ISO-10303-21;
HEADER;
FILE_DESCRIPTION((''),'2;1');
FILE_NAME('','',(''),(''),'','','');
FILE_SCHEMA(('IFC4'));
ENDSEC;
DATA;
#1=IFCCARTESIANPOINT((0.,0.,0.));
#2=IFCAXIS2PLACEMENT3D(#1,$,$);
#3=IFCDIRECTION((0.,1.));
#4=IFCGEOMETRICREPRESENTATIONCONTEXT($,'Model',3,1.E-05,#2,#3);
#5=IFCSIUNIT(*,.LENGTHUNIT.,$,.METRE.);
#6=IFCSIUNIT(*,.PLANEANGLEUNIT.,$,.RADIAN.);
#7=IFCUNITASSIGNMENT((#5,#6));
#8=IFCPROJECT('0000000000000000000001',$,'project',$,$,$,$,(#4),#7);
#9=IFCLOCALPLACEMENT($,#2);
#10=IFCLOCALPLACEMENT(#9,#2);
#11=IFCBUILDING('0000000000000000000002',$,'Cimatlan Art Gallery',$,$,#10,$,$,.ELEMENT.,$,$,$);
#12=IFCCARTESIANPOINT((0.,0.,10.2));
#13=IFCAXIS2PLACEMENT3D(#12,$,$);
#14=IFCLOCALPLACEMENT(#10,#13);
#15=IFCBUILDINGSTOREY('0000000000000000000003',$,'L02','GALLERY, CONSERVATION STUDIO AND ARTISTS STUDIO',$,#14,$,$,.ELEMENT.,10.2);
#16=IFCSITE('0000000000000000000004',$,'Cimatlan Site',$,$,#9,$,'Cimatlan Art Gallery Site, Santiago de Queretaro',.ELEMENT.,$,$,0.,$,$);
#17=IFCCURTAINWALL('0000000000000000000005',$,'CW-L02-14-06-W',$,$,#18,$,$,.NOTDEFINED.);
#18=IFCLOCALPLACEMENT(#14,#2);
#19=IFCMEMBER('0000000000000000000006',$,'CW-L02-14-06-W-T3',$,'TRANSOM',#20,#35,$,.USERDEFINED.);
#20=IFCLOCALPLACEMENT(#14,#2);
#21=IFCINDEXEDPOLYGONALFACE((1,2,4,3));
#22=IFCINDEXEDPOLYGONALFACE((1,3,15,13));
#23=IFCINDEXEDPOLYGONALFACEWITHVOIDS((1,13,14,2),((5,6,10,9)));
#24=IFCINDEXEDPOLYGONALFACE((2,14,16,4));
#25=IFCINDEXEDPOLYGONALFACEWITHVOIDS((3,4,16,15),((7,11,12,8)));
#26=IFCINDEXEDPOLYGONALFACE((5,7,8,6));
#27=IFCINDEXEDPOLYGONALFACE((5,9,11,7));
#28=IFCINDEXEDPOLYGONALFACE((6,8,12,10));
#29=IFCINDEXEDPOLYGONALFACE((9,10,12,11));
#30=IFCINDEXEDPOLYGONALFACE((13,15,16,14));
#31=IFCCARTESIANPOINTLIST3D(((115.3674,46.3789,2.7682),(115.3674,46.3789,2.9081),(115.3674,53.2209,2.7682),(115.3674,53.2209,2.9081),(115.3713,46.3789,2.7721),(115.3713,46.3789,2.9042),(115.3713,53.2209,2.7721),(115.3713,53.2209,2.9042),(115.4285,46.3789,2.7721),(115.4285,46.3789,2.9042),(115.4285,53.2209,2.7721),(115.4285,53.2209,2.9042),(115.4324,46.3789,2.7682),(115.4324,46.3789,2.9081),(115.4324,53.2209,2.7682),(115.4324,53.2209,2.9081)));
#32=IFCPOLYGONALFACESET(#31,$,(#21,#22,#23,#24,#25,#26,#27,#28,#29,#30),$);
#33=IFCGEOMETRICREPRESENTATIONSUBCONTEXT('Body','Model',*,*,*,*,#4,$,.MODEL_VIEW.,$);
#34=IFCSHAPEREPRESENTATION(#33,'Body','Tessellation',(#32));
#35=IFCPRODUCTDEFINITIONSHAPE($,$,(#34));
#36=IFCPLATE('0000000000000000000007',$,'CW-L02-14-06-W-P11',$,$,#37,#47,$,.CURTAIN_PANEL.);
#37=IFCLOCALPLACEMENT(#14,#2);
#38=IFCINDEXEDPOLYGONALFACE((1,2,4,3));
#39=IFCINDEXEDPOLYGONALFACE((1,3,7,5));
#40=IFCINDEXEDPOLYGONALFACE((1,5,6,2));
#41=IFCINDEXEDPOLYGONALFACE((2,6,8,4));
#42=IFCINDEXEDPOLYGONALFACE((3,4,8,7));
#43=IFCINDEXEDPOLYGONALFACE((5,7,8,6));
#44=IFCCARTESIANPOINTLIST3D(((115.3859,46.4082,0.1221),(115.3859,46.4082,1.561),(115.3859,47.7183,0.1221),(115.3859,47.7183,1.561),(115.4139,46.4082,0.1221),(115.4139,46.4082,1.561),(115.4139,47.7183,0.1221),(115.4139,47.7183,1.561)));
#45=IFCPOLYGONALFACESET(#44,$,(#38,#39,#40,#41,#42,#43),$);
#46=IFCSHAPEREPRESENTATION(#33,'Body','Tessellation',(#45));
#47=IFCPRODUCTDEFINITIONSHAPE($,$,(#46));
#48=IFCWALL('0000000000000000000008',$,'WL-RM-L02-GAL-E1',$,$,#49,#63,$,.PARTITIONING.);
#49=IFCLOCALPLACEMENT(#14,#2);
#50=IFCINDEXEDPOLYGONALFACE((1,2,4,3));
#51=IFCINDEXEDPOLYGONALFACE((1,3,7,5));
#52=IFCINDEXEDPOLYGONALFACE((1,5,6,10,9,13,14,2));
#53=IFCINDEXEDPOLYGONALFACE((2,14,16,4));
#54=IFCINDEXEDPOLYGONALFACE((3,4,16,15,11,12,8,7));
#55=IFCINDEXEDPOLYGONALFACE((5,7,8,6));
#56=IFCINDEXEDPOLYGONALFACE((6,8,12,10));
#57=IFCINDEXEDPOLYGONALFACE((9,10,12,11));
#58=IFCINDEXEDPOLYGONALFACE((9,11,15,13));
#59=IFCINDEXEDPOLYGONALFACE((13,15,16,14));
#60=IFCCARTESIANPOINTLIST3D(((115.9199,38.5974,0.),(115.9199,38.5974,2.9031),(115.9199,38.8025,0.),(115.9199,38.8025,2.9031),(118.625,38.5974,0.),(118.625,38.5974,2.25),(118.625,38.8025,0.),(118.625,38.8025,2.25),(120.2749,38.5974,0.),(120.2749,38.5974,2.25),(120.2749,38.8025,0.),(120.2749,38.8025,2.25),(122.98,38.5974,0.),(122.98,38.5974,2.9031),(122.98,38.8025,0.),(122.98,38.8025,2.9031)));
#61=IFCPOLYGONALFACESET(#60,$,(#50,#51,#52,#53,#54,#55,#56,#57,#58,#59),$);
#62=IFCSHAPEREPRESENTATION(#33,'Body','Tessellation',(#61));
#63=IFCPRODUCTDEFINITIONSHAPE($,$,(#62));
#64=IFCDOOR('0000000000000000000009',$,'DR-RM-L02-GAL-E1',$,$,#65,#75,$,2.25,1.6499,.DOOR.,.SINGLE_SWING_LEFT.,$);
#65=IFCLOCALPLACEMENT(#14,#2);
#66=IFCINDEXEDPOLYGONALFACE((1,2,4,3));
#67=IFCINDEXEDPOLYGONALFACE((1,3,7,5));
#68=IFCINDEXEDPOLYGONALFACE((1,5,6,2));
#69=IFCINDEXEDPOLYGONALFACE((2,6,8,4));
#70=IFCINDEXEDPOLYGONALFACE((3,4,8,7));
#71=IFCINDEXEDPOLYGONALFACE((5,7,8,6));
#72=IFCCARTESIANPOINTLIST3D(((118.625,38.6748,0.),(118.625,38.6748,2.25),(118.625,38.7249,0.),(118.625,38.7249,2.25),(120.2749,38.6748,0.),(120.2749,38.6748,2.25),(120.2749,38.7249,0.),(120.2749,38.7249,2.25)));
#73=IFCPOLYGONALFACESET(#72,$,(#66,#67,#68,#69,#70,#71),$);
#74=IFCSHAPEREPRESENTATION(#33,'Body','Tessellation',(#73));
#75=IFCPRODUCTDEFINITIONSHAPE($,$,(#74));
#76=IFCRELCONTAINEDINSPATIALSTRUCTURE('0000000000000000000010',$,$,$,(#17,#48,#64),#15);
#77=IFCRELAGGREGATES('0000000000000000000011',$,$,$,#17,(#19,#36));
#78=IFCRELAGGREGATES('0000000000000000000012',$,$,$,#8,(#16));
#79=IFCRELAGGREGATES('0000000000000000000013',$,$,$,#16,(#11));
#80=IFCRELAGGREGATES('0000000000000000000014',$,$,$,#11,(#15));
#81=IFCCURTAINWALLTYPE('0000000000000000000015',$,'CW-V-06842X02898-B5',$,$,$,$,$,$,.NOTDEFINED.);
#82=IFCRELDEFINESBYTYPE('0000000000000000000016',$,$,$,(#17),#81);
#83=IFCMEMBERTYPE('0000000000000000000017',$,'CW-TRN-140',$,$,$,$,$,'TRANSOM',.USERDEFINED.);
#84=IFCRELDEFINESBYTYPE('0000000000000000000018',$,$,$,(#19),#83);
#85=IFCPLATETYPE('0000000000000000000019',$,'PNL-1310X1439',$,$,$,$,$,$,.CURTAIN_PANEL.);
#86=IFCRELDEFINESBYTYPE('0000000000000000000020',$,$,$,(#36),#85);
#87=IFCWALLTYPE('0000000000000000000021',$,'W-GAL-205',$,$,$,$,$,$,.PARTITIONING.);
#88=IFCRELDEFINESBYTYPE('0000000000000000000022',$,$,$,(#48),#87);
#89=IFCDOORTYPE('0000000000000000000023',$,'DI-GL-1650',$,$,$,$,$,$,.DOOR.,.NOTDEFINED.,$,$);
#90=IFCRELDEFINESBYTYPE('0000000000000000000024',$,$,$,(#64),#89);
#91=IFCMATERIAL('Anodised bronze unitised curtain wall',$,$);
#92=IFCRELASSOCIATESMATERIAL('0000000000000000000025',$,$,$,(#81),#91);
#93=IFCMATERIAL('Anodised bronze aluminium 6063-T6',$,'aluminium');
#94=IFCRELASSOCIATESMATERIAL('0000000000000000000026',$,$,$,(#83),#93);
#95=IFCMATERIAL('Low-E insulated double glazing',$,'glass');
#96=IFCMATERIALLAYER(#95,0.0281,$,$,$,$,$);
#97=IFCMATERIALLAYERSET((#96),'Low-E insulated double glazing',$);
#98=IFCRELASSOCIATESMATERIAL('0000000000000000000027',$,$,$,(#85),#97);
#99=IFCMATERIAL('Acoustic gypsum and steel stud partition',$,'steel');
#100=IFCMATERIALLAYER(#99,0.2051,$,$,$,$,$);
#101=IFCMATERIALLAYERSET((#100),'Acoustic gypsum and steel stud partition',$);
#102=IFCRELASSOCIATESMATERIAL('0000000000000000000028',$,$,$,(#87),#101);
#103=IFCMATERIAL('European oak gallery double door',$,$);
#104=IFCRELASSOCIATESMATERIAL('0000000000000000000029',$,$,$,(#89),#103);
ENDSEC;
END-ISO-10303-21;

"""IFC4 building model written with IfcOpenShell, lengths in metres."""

from ifc_helpers import new_model, si_unit, direction, frame, frame_2d, origin, origin_2d, place, context, subcontext, project, spatial, rectangle, hollow_rectangle, extrude, material, layer, layer_set, material_profile, profile_set, type_object, element, fill, aggregate, save


model = new_model("IFC4")

# Units and contexts
model_context = context("Model", 3, precision=1e-05, world=origin(), true_north=direction((0.0, 1.0)))
body_context = subcontext(model_context, "Body", "Model", "MODEL_VIEW")
ifc_project = project(units=[si_unit("LENGTHUNIT", "METRE"), si_unit("PLANEANGLEUNIT", "RADIAN")], contexts=[model_context])

# Site, building, storey
site_placement = place(None, origin())
site = spatial("IfcSite", under=ifc_project, at=site_placement, Name="Cimatlan Site", LongName="Cimatlan Art Gallery Site, Santiago de Queretaro", CompositionType="ELEMENT", RefElevation=0.0)
building_placement = place(site_placement, origin())
building = spatial("IfcBuilding", under=site, at=building_placement, Name="Cimatlan Art Gallery", CompositionType="ELEMENT")
storey_placement = place(building_placement, frame((0.0, 0.0, 10.2)))
storey = spatial("IfcBuildingStorey", under=building, at=storey_placement, Name="L02", Description="GALLERY, CONSERVATION STUDIO AND ARTISTS STUDIO", CompositionType="ELEMENT", Elevation=10.2)

# Curtain wall, member, plate
ifc_material_1 = material(Name="Anodised bronze unitised curtain wall")
curtain_wall_type = type_object("IfcCurtainWallType", Name="CW-V-06842X02898-B5", PredefinedType="NOTDEFINED", material=ifc_material_1)
curtain_wall_placement = place(storey_placement, origin())
curtain_wall = element("IfcCurtainWall", 1, at=curtain_wall_placement, inside=storey, type_object=curtain_wall_type, Name="CW-L02-14-06-W", PredefinedType="NOTDEFINED")
ifc_material_2 = material(Name="Anodised bronze aluminium 6063-T6", Category="aluminium")
ifc_material_profile_1 = material_profile(ifc_material_2, hollow_rectangle(XDim=0.0649, YDim=0.1399, WallThickness=0.0039, at=origin_2d()), Name="ALU65X140X4")
ifc_profile_set_1 = profile_set([ifc_material_profile_1], Name="Anodised bronze aluminium 6063-T6")
member_type_1 = type_object("IfcMemberType", Name="CW-TRN-140", ElementType="TRANSOM", PredefinedType="USERDEFINED", material=ifc_profile_set_1)
member_1_placement = place(storey_placement, frame((115.3999, 46.3789, 2.8381), z_axis=(0.0, 1.0, 0.0), x_axis=(-1.0, 0.0, 0.0)))
member_1 = element("IfcMember", 2, at=member_1_placement, type_object=member_type_1, Name="CW-L02-14-06-W-T3", ObjectType="TRANSOM", PredefinedType="USERDEFINED", context=body_context, shape_type="SweptSolid", body=[
    extrude(hollow_rectangle(XDim=0.0649, YDim=0.1399, WallThickness=0.0039, at=origin_2d()), origin(), (0.0, 0.0, 1.0), 6.842),
])
ifc_material_3 = material(Name="Low-E insulated double glazing", Category="glass")
ifc_layer_1 = layer(ifc_material_3, 0.0281)
ifc_layer_set_1 = layer_set([ifc_layer_1], Name="Low-E insulated double glazing")
plate_type = type_object("IfcPlateType", Name="PNL-1310X1439", PredefinedType="CURTAIN_PANEL", material=ifc_layer_set_1)
plate_placement = place(storey_placement, frame((115.3999, 47.0632, 0.1221), z_axis=(0.0, 0.0, 1.0), x_axis=(0.0, 1.0, 0.0)))
plate = element("IfcPlate", 3, at=plate_placement, type_object=plate_type, Name="CW-L02-14-06-W-P11", PredefinedType="CURTAIN_PANEL", context=body_context, shape_type="SweptSolid", body=[
    extrude(rectangle(XDim=1.3101, YDim=0.0281, at=origin_2d()), origin(), (0.0, 0.0, 1.0), 1.439),
])
aggregate(curtain_wall, [member_1, plate])

# Wall, opening, door
ifc_material_4 = material(Name="Acoustic gypsum and steel stud partition", Category="steel")
ifc_layer_2 = layer(ifc_material_4, 0.2051)
ifc_layer_set_2 = layer_set([ifc_layer_2], Name="Acoustic gypsum and steel stud partition")
wall_type_1 = type_object("IfcWallType", Name="W-GAL-205", PredefinedType="PARTITIONING", material=ifc_layer_set_2)
wall_1_placement = place(storey_placement, frame((115.9199, 38.7, 0.0), z_axis=(0.0, 0.0, 1.0), x_axis=(1.0, 0.0, 0.0)))
wall_1 = element("IfcWall", 4, at=wall_1_placement, inside=storey, type_object=wall_type_1, Name="WL-RM-L02-GAL-E1", PredefinedType="PARTITIONING", context=body_context, shape_type="SweptSolid", body=[
    extrude(rectangle(XDim=7.0601, YDim=0.2051, at=frame_2d((3.53, 0.0))), origin(), (0.0, 0.0, 1.0), 2.9031),
])
opening_1_placement = place(wall_1_placement, frame((2.7051, 0.0, 0.0)))
opening_1 = element("IfcOpeningElement", 5, at=opening_1_placement, cuts=wall_1, PredefinedType="OPENING", context=body_context, shape_type="SweptSolid", body=[
    extrude(rectangle(XDim=1.6499, YDim=2.25, at=frame_2d((0.825, 1.125))), frame((0.0, 0.1125, 0.0), z_axis=(0.0, -1.0, 0.0), x_axis=(1.0, 0.0, 0.0)), (0.0, 0.0, 1.0), 0.2251),
])
ifc_material_5 = material(Name="European oak gallery double door")
door_type_1 = type_object("IfcDoorType", Name="DI-GL-1650", OperationType="NOTDEFINED", PredefinedType="DOOR", material=ifc_material_5)
door_1_placement = place(opening_1_placement, origin())
door_1 = element("IfcDoor", 6, at=door_1_placement, inside=storey, type_object=door_type_1, Name="DR-RM-L02-GAL-E1", OperationType="SINGLE_SWING_LEFT", OverallHeight=2.25, OverallWidth=1.6499, PredefinedType="DOOR", context=body_context, shape_type="SweptSolid", body=[
    extrude(rectangle(XDim=1.6499, YDim=2.25, at=frame_2d((0.825, 1.125))), frame((0.0, 0.0249, 0.0), z_axis=(0.0, -1.0, 0.0), x_axis=(1.0, 0.0, 0.0)), (0.0, 0.0, 1.0), 0.05),
])
fill(opening_1, door_1)

save(model, "model.ifc")
